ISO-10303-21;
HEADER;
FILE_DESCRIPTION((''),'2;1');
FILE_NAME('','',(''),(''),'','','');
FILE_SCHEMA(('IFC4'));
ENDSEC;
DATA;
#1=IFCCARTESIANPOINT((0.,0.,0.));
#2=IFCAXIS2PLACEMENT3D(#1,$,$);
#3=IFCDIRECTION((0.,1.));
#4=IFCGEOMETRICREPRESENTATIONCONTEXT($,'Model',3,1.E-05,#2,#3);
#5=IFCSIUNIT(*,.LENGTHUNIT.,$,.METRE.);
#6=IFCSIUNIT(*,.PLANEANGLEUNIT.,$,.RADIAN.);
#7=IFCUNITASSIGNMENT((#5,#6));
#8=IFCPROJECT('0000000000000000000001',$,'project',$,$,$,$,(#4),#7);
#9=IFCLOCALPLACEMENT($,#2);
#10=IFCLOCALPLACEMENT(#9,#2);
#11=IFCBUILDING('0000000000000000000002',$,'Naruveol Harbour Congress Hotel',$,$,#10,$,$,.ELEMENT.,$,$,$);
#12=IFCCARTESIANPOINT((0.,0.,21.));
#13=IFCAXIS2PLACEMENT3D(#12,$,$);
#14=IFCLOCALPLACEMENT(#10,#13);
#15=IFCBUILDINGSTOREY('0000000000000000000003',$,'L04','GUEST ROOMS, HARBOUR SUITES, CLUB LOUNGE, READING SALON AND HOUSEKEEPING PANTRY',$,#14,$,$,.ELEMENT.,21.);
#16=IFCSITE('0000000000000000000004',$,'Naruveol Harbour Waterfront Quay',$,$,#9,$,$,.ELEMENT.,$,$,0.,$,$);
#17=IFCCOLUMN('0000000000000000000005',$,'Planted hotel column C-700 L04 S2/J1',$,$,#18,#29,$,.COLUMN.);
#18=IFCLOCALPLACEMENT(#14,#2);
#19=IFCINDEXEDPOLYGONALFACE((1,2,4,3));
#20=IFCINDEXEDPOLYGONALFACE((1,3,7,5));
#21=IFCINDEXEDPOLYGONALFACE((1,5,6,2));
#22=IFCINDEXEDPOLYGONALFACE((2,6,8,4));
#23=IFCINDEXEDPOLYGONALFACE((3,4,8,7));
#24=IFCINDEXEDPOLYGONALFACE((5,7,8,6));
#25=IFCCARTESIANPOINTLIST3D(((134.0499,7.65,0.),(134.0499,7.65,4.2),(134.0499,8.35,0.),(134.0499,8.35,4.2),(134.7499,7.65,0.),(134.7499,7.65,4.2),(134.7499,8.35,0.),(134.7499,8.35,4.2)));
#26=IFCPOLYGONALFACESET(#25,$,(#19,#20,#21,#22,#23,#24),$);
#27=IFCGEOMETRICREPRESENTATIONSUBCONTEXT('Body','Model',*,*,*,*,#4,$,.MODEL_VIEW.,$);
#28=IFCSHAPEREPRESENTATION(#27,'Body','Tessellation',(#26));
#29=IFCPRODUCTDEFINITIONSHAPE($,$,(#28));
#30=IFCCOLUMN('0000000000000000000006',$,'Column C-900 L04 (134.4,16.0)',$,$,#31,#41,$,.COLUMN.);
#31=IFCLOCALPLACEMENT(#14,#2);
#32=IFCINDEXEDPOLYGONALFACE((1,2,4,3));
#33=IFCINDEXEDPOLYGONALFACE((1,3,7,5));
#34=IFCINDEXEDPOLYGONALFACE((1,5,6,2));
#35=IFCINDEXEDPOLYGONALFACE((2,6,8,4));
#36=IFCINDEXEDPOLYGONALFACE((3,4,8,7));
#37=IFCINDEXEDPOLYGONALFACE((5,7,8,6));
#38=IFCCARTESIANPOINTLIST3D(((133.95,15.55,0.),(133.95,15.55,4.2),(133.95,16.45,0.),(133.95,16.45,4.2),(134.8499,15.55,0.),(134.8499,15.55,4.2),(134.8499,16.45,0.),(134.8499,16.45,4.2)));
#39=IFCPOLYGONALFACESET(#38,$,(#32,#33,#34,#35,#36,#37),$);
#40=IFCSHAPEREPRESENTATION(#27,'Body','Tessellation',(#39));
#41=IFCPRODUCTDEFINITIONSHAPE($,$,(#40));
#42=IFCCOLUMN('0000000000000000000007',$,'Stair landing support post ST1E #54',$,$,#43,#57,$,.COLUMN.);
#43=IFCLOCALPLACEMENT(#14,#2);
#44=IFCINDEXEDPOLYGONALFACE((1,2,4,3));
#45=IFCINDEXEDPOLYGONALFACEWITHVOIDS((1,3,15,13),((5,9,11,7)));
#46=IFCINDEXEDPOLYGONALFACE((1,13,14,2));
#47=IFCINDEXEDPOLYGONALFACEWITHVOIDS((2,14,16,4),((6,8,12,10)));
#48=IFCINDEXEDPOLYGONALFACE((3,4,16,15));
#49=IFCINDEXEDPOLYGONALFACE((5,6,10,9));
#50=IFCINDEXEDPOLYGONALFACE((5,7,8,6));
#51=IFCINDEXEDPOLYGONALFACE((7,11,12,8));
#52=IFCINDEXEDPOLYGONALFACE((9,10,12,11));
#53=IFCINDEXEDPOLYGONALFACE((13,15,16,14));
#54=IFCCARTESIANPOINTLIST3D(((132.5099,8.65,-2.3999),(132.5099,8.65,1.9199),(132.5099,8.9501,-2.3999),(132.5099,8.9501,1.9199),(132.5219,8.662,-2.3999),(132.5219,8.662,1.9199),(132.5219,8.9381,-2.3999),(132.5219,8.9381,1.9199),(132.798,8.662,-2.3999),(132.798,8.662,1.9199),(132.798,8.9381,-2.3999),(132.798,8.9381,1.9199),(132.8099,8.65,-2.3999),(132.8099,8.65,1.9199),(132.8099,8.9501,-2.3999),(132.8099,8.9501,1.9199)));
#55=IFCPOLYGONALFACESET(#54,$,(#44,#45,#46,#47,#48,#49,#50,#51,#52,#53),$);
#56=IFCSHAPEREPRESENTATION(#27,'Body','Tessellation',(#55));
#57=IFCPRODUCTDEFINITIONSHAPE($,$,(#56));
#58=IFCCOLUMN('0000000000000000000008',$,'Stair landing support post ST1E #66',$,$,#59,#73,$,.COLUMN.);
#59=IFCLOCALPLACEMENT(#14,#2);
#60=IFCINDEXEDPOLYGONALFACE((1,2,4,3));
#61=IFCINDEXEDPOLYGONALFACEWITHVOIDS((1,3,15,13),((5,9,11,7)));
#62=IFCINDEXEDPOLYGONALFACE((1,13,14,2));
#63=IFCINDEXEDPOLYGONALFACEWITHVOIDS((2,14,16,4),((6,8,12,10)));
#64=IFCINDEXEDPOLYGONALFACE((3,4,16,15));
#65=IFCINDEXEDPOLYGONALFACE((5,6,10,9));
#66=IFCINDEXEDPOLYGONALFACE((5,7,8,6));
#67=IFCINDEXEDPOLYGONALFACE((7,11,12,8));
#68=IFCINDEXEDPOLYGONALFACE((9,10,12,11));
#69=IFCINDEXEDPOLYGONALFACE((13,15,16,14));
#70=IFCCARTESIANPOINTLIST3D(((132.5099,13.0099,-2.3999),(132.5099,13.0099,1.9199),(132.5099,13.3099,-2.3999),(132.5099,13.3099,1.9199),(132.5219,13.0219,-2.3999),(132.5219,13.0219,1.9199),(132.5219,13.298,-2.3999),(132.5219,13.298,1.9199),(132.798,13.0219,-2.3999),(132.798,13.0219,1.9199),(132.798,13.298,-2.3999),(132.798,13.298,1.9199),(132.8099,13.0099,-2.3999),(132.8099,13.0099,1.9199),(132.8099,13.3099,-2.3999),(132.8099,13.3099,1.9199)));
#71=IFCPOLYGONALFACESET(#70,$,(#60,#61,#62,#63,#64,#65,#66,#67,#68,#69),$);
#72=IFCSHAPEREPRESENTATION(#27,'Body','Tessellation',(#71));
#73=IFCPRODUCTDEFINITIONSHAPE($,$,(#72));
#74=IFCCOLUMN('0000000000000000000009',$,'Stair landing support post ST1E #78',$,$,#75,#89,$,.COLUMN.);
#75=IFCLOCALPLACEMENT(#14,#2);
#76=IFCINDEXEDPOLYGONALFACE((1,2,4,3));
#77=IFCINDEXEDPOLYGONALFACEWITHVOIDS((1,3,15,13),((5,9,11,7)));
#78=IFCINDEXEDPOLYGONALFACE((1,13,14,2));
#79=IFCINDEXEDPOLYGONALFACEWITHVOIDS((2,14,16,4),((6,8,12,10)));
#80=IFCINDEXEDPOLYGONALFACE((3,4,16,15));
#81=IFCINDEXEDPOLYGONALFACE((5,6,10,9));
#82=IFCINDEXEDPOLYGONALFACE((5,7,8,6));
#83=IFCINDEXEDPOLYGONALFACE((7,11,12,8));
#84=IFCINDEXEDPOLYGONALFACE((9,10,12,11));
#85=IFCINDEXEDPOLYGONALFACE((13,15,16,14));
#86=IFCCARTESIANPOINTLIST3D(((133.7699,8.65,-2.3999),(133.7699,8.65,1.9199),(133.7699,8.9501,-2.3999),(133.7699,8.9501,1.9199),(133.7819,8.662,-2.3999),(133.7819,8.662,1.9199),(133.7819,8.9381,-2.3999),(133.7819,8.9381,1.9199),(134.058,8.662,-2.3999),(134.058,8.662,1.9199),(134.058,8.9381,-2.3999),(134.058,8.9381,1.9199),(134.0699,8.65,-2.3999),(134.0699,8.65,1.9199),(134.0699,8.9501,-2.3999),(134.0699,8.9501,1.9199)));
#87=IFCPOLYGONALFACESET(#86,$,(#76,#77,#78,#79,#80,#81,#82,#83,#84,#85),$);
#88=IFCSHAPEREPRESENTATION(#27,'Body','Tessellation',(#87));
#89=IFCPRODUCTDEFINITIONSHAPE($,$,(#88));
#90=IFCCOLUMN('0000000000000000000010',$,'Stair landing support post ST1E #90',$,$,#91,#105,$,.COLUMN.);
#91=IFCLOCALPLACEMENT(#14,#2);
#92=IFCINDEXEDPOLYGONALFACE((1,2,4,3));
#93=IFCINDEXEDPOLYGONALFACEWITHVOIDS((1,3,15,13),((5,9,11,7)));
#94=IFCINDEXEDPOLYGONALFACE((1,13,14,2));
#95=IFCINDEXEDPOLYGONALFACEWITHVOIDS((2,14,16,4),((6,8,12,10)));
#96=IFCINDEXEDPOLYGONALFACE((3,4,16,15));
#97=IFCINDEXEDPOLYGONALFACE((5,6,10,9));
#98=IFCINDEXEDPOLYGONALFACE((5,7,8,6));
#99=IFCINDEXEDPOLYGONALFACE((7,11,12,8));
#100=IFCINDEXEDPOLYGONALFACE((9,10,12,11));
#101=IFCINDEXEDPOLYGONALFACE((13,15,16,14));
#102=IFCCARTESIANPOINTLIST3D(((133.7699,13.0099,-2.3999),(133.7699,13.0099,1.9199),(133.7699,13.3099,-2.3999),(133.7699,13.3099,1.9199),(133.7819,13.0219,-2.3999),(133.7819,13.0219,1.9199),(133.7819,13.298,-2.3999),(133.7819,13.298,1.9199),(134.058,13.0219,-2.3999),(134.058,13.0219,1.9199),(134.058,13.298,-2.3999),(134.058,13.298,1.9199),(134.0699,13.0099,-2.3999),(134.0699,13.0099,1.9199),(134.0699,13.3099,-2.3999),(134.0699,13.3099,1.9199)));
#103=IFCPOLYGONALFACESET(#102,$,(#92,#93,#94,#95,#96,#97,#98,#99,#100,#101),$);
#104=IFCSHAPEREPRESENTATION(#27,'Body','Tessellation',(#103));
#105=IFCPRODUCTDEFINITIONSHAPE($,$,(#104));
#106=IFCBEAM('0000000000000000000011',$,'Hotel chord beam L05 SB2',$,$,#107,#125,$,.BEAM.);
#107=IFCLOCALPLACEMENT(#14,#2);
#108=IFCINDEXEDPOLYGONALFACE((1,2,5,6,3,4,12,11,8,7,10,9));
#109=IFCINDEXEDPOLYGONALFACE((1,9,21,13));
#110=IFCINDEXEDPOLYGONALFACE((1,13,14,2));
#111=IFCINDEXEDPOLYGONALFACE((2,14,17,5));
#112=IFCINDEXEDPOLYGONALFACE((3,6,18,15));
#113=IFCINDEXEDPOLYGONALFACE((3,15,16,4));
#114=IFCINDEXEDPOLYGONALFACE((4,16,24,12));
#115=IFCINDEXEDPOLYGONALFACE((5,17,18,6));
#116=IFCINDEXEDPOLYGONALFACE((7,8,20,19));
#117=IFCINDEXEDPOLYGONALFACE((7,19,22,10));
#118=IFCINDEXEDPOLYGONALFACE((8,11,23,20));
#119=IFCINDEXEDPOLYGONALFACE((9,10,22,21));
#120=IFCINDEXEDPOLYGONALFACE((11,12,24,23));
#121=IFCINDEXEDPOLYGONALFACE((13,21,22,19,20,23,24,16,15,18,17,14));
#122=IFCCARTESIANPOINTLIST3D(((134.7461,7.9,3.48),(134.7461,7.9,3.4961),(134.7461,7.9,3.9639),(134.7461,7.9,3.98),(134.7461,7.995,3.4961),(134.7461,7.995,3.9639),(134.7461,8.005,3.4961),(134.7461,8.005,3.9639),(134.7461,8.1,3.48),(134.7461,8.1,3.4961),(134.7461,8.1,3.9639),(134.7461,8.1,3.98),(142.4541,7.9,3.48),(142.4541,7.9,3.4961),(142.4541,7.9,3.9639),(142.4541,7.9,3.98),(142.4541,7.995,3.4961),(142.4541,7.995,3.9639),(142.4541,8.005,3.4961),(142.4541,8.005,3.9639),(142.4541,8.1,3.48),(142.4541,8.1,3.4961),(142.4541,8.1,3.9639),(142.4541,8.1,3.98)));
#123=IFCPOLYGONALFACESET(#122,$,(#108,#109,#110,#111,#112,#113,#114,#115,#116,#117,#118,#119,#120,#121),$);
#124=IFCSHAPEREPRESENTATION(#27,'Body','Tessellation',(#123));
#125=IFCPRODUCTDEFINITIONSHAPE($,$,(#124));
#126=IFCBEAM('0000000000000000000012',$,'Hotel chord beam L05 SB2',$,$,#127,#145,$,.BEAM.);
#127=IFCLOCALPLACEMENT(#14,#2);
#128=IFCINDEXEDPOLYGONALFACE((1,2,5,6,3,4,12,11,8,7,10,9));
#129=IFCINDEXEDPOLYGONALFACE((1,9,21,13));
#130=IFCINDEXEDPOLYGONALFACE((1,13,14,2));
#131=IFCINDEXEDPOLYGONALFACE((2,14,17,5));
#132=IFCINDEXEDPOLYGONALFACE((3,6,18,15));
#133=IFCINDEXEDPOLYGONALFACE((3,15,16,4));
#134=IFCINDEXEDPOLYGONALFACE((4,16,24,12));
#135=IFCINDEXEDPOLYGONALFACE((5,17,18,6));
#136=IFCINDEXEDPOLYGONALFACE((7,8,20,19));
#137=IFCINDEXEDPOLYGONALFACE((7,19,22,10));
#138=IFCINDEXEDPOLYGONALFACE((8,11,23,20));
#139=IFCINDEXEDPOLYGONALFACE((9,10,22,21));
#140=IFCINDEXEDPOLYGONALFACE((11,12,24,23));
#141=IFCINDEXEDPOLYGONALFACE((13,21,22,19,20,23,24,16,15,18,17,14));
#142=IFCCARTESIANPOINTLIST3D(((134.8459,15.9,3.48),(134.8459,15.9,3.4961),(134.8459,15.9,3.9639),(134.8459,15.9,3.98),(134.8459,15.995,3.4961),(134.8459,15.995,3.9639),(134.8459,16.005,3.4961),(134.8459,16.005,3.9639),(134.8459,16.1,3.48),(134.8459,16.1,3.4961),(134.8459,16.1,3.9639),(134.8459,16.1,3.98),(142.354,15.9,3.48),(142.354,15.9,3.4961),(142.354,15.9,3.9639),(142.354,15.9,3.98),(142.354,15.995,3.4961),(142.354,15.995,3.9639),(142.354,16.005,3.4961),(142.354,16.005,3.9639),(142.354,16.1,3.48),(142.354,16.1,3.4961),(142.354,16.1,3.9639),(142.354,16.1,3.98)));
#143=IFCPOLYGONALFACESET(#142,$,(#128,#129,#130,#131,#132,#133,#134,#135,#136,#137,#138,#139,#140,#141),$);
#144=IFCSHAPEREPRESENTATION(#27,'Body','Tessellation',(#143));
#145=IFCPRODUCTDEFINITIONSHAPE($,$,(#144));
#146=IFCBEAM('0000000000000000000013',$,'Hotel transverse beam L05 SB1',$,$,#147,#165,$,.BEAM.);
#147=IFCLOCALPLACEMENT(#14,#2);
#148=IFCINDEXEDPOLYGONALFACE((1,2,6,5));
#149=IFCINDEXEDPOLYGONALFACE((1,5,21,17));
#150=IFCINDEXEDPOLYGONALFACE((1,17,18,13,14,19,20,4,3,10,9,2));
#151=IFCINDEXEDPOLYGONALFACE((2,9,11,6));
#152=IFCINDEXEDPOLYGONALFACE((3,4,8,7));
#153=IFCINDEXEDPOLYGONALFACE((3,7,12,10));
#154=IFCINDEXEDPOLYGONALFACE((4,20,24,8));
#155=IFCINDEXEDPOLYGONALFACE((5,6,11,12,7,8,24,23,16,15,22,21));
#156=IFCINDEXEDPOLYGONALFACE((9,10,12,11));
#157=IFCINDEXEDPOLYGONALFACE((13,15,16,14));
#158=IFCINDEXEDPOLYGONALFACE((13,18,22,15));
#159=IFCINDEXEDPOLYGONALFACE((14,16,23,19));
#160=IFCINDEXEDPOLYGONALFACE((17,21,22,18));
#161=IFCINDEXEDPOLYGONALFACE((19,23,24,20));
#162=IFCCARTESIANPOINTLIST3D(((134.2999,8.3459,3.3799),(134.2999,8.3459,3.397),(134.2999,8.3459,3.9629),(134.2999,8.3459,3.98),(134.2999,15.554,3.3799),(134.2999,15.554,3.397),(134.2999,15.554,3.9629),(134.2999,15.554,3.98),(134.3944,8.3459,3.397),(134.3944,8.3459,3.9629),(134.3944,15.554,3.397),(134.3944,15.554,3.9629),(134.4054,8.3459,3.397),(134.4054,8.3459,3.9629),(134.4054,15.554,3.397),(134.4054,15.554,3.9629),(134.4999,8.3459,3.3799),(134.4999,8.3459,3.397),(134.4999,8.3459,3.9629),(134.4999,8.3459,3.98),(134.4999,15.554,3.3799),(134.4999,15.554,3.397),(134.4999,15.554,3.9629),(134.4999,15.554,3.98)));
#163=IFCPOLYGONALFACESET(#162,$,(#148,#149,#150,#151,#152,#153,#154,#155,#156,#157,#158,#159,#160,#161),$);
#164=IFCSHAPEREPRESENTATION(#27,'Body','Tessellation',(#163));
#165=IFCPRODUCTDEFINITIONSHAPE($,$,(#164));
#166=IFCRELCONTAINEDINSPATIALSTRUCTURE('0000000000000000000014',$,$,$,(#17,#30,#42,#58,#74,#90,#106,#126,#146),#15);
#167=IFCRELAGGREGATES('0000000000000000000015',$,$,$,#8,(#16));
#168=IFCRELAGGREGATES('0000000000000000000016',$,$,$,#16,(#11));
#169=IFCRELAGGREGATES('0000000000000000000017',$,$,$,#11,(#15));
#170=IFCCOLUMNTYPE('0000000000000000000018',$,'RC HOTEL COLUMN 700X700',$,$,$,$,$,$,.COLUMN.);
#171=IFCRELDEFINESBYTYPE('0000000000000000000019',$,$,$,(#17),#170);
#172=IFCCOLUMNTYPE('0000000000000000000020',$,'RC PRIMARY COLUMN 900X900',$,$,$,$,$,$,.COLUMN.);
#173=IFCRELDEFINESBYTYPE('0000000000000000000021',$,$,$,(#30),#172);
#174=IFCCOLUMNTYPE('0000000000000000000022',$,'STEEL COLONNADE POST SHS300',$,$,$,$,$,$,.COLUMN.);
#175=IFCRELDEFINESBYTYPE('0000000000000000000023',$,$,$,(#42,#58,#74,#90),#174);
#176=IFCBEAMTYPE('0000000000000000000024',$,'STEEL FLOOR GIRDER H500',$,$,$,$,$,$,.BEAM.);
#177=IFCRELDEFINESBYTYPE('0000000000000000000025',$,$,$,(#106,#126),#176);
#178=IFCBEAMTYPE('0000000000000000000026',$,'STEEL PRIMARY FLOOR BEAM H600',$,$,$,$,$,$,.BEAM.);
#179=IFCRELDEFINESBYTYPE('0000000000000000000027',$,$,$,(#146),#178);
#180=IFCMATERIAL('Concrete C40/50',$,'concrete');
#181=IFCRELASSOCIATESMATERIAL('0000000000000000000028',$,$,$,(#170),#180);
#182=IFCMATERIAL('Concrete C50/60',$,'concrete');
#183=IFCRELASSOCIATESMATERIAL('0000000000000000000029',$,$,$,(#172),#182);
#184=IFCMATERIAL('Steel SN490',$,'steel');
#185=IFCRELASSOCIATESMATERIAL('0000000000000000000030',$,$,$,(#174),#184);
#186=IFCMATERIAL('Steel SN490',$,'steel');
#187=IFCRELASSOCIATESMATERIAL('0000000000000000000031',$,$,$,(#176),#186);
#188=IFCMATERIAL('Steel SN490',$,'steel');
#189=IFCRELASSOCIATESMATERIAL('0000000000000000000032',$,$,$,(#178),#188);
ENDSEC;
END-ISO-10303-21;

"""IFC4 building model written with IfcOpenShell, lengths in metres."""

from ifc_helpers import new_model, si_unit, direction, frame, origin, origin_2d, place, context, subcontext, project, spatial, rectangle, hollow_rectangle, i_section, extrude, material, material_profile, profile_set, type_object, element, save


model = new_model("IFC4")

# Units and contexts
model_context = context("Model", 3, precision=1e-05, world=origin(), true_north=direction((0.0, 1.0)))
body_context = subcontext(model_context, "Body", "Model", "MODEL_VIEW")
ifc_project = project(units=[si_unit("LENGTHUNIT", "METRE"), si_unit("PLANEANGLEUNIT", "RADIAN")], contexts=[model_context])

# Site, building, storey
site_placement = place(None, origin())
site = spatial("IfcSite", under=ifc_project, at=site_placement, Name="Naruveol Harbour Waterfront Quay", CompositionType="ELEMENT", RefElevation=0.0)
building_placement = place(site_placement, origin())
building = spatial("IfcBuilding", under=site, at=building_placement, Name="Naruveol Harbour Congress Hotel", CompositionType="ELEMENT")
storey_placement = place(building_placement, frame((0.0, 0.0, 21.0)))
storey = spatial("IfcBuildingStorey", under=building, at=storey_placement, Name="L04", Description="GUEST ROOMS, HARBOUR SUITES, CLUB LOUNGE, READING SALON AND HOUSEKEEPING PANTRY", CompositionType="ELEMENT", Elevation=21.0)

# Columns
ifc_material_1 = material(Name="Concrete C40/50", Category="concrete")
ifc_material_profile_1 = material_profile(ifc_material_1, rectangle(XDim=0.7, YDim=0.7, at=origin_2d()), Name="RC-700x700")
ifc_profile_set_1 = profile_set([ifc_material_profile_1], Name="Concrete C40/50")
column_type_1 = type_object("IfcColumnType", Name="RC HOTEL COLUMN 700X700", PredefinedType="COLUMN", material=ifc_profile_set_1)
column_1_placement = place(storey_placement, frame((134.3999, 8.0, 0.0), z_axis=(0.0, 0.0, 1.0), x_axis=(1.0, 0.0, 0.0)))
element("IfcColumn", 1, at=column_1_placement, inside=storey, type_object=column_type_1, Name="Planted hotel column C-700 L04 S2/J1", PredefinedType="COLUMN", context=body_context, shape_type="SweptSolid", body=[
    extrude(rectangle(XDim=0.7, YDim=0.7, at=origin_2d()), origin(), (0.0, 0.0, 1.0), 4.2),
])
ifc_material_2 = material(Name="Concrete C50/60", Category="concrete")
ifc_material_profile_2 = material_profile(ifc_material_2, rectangle(XDim=0.8999, YDim=0.8999, at=origin_2d()), Name="RC-900x900")
ifc_profile_set_2 = profile_set([ifc_material_profile_2], Name="Concrete C50/60")
column_type_2 = type_object("IfcColumnType", Name="RC PRIMARY COLUMN 900X900", PredefinedType="COLUMN", material=ifc_profile_set_2)
column_2_placement = place(storey_placement, frame((134.3999, 16.0, 0.0), z_axis=(0.0, 0.0, 1.0), x_axis=(1.0, 0.0, 0.0)))
element("IfcColumn", 2, at=column_2_placement, inside=storey, type_object=column_type_2, Name="Column C-900 L04 (134.4,16.0)", PredefinedType="COLUMN", context=body_context, shape_type="SweptSolid", body=[
    extrude(rectangle(XDim=0.8999, YDim=0.8999, at=origin_2d()), origin(), (0.0, 0.0, 1.0), 4.2),
])
ifc_material_3 = material(Name="Steel SN490", Category="steel")
ifc_material_profile_3 = material_profile(ifc_material_3, hollow_rectangle(XDim=0.3, YDim=0.3, WallThickness=0.012, at=origin_2d()), Name="SHS-300x300x12")
ifc_profile_set_3 = profile_set([ifc_material_profile_3], Name="Steel SN490")
column_type_3 = type_object("IfcColumnType", Name="STEEL COLONNADE POST SHS300", PredefinedType="COLUMN", material=ifc_profile_set_3)
for number, where, z_axis, x_axis, name in (
    (3, (132.6599, 8.8, -2.3999), (0.0, 0.0, 1.0), (1.0, 0.0, 0.0), "Stair landing support post ST1E #54"),
    (4, (132.6599, 13.1599, -2.3999), (0.0, 0.0, 1.0), (1.0, 0.0, 0.0), "Stair landing support post ST1E #66"),
    (5, (133.9199, 8.8, -2.3999), (0.0, 0.0, 1.0), (1.0, 0.0, 0.0), "Stair landing support post ST1E #78"),
    (6, (133.9199, 13.1599, -2.3999), (0.0, 0.0, 1.0), (1.0, 0.0, 0.0), "Stair landing support post ST1E #90"),
):
    element("IfcColumn", number, at=place(storey_placement, frame(where, z_axis=z_axis, x_axis=x_axis)), inside=storey, type_object=column_type_3, Name=name, PredefinedType="COLUMN", context=body_context, shape_type="SweptSolid", body=[
        extrude(hollow_rectangle(XDim=0.3, YDim=0.3, WallThickness=0.012, at=origin_2d()), origin(), (0.0, 0.0, 1.0), 4.3198),
    ])

# Beams
ifc_material_4 = material(Name="Steel SN490", Category="steel")
ifc_material_profile_4 = material_profile(ifc_material_4, i_section(OverallWidth=0.2, OverallDepth=0.5, WebThickness=0.01, FlangeThickness=0.0161, at=origin_2d()), Name="H-500x200x10x16")
ifc_profile_set_4 = profile_set([ifc_material_profile_4], Name="Steel SN490")
beam_type_1 = type_object("IfcBeamType", Name="STEEL FLOOR GIRDER H500", PredefinedType="BEAM", material=ifc_profile_set_4)
beam_1_placement = place(storey_placement, frame((134.7461, 8.0, 3.73), z_axis=(1.0, 0.0, 0.0), x_axis=(0.0, 1.0, 0.0)))
element("IfcBeam", 7, at=beam_1_placement, inside=storey, type_object=beam_type_1, Name="Hotel chord beam L05 SB2", PredefinedType="BEAM", context=body_context, shape_type="SweptSolid", body=[
    extrude(i_section(OverallWidth=0.2, OverallDepth=0.5, WebThickness=0.01, FlangeThickness=0.0161, at=origin_2d()), origin(), (0.0, 0.0, 1.0), 7.708),
])
beam_2_placement = place(storey_placement, frame((134.8459, 16.0, 3.73), z_axis=(1.0, 0.0, 0.0), x_axis=(0.0, 1.0, 0.0)))
element("IfcBeam", 8, at=beam_2_placement, inside=storey, type_object=beam_type_1, Name="Hotel chord beam L05 SB2", PredefinedType="BEAM", context=body_context, shape_type="SweptSolid", body=[
    extrude(i_section(OverallWidth=0.2, OverallDepth=0.5, WebThickness=0.01, FlangeThickness=0.0161, at=origin_2d()), origin(), (0.0, 0.0, 1.0), 7.5081),
])
ifc_material_5 = material(Name="Steel SN490", Category="steel")
ifc_material_profile_5 = material_profile(ifc_material_5, i_section(OverallWidth=0.2, OverallDepth=0.6001, WebThickness=0.011, FlangeThickness=0.0171, at=origin_2d()), Name="H-600x200x11x17")
ifc_profile_set_5 = profile_set([ifc_material_profile_5], Name="Steel SN490")
beam_type_2 = type_object("IfcBeamType", Name="STEEL PRIMARY FLOOR BEAM H600", PredefinedType="BEAM", material=ifc_profile_set_5)
beam_3_placement = place(storey_placement, frame((134.3999, 8.3459, 3.6799), z_axis=(0.0, 1.0, 0.0), x_axis=(-1.0, 0.0, 0.0)))
element("IfcBeam", 9, at=beam_3_placement, inside=storey, type_object=beam_type_2, Name="Hotel transverse beam L05 SB1", PredefinedType="BEAM", context=body_context, shape_type="SweptSolid", body=[
    extrude(i_section(OverallWidth=0.2, OverallDepth=0.6001, WebThickness=0.011, FlangeThickness=0.0171, at=origin_2d()), origin(), (0.0, 0.0, 1.0), 7.208),
])

save(model, "model.ifc")
